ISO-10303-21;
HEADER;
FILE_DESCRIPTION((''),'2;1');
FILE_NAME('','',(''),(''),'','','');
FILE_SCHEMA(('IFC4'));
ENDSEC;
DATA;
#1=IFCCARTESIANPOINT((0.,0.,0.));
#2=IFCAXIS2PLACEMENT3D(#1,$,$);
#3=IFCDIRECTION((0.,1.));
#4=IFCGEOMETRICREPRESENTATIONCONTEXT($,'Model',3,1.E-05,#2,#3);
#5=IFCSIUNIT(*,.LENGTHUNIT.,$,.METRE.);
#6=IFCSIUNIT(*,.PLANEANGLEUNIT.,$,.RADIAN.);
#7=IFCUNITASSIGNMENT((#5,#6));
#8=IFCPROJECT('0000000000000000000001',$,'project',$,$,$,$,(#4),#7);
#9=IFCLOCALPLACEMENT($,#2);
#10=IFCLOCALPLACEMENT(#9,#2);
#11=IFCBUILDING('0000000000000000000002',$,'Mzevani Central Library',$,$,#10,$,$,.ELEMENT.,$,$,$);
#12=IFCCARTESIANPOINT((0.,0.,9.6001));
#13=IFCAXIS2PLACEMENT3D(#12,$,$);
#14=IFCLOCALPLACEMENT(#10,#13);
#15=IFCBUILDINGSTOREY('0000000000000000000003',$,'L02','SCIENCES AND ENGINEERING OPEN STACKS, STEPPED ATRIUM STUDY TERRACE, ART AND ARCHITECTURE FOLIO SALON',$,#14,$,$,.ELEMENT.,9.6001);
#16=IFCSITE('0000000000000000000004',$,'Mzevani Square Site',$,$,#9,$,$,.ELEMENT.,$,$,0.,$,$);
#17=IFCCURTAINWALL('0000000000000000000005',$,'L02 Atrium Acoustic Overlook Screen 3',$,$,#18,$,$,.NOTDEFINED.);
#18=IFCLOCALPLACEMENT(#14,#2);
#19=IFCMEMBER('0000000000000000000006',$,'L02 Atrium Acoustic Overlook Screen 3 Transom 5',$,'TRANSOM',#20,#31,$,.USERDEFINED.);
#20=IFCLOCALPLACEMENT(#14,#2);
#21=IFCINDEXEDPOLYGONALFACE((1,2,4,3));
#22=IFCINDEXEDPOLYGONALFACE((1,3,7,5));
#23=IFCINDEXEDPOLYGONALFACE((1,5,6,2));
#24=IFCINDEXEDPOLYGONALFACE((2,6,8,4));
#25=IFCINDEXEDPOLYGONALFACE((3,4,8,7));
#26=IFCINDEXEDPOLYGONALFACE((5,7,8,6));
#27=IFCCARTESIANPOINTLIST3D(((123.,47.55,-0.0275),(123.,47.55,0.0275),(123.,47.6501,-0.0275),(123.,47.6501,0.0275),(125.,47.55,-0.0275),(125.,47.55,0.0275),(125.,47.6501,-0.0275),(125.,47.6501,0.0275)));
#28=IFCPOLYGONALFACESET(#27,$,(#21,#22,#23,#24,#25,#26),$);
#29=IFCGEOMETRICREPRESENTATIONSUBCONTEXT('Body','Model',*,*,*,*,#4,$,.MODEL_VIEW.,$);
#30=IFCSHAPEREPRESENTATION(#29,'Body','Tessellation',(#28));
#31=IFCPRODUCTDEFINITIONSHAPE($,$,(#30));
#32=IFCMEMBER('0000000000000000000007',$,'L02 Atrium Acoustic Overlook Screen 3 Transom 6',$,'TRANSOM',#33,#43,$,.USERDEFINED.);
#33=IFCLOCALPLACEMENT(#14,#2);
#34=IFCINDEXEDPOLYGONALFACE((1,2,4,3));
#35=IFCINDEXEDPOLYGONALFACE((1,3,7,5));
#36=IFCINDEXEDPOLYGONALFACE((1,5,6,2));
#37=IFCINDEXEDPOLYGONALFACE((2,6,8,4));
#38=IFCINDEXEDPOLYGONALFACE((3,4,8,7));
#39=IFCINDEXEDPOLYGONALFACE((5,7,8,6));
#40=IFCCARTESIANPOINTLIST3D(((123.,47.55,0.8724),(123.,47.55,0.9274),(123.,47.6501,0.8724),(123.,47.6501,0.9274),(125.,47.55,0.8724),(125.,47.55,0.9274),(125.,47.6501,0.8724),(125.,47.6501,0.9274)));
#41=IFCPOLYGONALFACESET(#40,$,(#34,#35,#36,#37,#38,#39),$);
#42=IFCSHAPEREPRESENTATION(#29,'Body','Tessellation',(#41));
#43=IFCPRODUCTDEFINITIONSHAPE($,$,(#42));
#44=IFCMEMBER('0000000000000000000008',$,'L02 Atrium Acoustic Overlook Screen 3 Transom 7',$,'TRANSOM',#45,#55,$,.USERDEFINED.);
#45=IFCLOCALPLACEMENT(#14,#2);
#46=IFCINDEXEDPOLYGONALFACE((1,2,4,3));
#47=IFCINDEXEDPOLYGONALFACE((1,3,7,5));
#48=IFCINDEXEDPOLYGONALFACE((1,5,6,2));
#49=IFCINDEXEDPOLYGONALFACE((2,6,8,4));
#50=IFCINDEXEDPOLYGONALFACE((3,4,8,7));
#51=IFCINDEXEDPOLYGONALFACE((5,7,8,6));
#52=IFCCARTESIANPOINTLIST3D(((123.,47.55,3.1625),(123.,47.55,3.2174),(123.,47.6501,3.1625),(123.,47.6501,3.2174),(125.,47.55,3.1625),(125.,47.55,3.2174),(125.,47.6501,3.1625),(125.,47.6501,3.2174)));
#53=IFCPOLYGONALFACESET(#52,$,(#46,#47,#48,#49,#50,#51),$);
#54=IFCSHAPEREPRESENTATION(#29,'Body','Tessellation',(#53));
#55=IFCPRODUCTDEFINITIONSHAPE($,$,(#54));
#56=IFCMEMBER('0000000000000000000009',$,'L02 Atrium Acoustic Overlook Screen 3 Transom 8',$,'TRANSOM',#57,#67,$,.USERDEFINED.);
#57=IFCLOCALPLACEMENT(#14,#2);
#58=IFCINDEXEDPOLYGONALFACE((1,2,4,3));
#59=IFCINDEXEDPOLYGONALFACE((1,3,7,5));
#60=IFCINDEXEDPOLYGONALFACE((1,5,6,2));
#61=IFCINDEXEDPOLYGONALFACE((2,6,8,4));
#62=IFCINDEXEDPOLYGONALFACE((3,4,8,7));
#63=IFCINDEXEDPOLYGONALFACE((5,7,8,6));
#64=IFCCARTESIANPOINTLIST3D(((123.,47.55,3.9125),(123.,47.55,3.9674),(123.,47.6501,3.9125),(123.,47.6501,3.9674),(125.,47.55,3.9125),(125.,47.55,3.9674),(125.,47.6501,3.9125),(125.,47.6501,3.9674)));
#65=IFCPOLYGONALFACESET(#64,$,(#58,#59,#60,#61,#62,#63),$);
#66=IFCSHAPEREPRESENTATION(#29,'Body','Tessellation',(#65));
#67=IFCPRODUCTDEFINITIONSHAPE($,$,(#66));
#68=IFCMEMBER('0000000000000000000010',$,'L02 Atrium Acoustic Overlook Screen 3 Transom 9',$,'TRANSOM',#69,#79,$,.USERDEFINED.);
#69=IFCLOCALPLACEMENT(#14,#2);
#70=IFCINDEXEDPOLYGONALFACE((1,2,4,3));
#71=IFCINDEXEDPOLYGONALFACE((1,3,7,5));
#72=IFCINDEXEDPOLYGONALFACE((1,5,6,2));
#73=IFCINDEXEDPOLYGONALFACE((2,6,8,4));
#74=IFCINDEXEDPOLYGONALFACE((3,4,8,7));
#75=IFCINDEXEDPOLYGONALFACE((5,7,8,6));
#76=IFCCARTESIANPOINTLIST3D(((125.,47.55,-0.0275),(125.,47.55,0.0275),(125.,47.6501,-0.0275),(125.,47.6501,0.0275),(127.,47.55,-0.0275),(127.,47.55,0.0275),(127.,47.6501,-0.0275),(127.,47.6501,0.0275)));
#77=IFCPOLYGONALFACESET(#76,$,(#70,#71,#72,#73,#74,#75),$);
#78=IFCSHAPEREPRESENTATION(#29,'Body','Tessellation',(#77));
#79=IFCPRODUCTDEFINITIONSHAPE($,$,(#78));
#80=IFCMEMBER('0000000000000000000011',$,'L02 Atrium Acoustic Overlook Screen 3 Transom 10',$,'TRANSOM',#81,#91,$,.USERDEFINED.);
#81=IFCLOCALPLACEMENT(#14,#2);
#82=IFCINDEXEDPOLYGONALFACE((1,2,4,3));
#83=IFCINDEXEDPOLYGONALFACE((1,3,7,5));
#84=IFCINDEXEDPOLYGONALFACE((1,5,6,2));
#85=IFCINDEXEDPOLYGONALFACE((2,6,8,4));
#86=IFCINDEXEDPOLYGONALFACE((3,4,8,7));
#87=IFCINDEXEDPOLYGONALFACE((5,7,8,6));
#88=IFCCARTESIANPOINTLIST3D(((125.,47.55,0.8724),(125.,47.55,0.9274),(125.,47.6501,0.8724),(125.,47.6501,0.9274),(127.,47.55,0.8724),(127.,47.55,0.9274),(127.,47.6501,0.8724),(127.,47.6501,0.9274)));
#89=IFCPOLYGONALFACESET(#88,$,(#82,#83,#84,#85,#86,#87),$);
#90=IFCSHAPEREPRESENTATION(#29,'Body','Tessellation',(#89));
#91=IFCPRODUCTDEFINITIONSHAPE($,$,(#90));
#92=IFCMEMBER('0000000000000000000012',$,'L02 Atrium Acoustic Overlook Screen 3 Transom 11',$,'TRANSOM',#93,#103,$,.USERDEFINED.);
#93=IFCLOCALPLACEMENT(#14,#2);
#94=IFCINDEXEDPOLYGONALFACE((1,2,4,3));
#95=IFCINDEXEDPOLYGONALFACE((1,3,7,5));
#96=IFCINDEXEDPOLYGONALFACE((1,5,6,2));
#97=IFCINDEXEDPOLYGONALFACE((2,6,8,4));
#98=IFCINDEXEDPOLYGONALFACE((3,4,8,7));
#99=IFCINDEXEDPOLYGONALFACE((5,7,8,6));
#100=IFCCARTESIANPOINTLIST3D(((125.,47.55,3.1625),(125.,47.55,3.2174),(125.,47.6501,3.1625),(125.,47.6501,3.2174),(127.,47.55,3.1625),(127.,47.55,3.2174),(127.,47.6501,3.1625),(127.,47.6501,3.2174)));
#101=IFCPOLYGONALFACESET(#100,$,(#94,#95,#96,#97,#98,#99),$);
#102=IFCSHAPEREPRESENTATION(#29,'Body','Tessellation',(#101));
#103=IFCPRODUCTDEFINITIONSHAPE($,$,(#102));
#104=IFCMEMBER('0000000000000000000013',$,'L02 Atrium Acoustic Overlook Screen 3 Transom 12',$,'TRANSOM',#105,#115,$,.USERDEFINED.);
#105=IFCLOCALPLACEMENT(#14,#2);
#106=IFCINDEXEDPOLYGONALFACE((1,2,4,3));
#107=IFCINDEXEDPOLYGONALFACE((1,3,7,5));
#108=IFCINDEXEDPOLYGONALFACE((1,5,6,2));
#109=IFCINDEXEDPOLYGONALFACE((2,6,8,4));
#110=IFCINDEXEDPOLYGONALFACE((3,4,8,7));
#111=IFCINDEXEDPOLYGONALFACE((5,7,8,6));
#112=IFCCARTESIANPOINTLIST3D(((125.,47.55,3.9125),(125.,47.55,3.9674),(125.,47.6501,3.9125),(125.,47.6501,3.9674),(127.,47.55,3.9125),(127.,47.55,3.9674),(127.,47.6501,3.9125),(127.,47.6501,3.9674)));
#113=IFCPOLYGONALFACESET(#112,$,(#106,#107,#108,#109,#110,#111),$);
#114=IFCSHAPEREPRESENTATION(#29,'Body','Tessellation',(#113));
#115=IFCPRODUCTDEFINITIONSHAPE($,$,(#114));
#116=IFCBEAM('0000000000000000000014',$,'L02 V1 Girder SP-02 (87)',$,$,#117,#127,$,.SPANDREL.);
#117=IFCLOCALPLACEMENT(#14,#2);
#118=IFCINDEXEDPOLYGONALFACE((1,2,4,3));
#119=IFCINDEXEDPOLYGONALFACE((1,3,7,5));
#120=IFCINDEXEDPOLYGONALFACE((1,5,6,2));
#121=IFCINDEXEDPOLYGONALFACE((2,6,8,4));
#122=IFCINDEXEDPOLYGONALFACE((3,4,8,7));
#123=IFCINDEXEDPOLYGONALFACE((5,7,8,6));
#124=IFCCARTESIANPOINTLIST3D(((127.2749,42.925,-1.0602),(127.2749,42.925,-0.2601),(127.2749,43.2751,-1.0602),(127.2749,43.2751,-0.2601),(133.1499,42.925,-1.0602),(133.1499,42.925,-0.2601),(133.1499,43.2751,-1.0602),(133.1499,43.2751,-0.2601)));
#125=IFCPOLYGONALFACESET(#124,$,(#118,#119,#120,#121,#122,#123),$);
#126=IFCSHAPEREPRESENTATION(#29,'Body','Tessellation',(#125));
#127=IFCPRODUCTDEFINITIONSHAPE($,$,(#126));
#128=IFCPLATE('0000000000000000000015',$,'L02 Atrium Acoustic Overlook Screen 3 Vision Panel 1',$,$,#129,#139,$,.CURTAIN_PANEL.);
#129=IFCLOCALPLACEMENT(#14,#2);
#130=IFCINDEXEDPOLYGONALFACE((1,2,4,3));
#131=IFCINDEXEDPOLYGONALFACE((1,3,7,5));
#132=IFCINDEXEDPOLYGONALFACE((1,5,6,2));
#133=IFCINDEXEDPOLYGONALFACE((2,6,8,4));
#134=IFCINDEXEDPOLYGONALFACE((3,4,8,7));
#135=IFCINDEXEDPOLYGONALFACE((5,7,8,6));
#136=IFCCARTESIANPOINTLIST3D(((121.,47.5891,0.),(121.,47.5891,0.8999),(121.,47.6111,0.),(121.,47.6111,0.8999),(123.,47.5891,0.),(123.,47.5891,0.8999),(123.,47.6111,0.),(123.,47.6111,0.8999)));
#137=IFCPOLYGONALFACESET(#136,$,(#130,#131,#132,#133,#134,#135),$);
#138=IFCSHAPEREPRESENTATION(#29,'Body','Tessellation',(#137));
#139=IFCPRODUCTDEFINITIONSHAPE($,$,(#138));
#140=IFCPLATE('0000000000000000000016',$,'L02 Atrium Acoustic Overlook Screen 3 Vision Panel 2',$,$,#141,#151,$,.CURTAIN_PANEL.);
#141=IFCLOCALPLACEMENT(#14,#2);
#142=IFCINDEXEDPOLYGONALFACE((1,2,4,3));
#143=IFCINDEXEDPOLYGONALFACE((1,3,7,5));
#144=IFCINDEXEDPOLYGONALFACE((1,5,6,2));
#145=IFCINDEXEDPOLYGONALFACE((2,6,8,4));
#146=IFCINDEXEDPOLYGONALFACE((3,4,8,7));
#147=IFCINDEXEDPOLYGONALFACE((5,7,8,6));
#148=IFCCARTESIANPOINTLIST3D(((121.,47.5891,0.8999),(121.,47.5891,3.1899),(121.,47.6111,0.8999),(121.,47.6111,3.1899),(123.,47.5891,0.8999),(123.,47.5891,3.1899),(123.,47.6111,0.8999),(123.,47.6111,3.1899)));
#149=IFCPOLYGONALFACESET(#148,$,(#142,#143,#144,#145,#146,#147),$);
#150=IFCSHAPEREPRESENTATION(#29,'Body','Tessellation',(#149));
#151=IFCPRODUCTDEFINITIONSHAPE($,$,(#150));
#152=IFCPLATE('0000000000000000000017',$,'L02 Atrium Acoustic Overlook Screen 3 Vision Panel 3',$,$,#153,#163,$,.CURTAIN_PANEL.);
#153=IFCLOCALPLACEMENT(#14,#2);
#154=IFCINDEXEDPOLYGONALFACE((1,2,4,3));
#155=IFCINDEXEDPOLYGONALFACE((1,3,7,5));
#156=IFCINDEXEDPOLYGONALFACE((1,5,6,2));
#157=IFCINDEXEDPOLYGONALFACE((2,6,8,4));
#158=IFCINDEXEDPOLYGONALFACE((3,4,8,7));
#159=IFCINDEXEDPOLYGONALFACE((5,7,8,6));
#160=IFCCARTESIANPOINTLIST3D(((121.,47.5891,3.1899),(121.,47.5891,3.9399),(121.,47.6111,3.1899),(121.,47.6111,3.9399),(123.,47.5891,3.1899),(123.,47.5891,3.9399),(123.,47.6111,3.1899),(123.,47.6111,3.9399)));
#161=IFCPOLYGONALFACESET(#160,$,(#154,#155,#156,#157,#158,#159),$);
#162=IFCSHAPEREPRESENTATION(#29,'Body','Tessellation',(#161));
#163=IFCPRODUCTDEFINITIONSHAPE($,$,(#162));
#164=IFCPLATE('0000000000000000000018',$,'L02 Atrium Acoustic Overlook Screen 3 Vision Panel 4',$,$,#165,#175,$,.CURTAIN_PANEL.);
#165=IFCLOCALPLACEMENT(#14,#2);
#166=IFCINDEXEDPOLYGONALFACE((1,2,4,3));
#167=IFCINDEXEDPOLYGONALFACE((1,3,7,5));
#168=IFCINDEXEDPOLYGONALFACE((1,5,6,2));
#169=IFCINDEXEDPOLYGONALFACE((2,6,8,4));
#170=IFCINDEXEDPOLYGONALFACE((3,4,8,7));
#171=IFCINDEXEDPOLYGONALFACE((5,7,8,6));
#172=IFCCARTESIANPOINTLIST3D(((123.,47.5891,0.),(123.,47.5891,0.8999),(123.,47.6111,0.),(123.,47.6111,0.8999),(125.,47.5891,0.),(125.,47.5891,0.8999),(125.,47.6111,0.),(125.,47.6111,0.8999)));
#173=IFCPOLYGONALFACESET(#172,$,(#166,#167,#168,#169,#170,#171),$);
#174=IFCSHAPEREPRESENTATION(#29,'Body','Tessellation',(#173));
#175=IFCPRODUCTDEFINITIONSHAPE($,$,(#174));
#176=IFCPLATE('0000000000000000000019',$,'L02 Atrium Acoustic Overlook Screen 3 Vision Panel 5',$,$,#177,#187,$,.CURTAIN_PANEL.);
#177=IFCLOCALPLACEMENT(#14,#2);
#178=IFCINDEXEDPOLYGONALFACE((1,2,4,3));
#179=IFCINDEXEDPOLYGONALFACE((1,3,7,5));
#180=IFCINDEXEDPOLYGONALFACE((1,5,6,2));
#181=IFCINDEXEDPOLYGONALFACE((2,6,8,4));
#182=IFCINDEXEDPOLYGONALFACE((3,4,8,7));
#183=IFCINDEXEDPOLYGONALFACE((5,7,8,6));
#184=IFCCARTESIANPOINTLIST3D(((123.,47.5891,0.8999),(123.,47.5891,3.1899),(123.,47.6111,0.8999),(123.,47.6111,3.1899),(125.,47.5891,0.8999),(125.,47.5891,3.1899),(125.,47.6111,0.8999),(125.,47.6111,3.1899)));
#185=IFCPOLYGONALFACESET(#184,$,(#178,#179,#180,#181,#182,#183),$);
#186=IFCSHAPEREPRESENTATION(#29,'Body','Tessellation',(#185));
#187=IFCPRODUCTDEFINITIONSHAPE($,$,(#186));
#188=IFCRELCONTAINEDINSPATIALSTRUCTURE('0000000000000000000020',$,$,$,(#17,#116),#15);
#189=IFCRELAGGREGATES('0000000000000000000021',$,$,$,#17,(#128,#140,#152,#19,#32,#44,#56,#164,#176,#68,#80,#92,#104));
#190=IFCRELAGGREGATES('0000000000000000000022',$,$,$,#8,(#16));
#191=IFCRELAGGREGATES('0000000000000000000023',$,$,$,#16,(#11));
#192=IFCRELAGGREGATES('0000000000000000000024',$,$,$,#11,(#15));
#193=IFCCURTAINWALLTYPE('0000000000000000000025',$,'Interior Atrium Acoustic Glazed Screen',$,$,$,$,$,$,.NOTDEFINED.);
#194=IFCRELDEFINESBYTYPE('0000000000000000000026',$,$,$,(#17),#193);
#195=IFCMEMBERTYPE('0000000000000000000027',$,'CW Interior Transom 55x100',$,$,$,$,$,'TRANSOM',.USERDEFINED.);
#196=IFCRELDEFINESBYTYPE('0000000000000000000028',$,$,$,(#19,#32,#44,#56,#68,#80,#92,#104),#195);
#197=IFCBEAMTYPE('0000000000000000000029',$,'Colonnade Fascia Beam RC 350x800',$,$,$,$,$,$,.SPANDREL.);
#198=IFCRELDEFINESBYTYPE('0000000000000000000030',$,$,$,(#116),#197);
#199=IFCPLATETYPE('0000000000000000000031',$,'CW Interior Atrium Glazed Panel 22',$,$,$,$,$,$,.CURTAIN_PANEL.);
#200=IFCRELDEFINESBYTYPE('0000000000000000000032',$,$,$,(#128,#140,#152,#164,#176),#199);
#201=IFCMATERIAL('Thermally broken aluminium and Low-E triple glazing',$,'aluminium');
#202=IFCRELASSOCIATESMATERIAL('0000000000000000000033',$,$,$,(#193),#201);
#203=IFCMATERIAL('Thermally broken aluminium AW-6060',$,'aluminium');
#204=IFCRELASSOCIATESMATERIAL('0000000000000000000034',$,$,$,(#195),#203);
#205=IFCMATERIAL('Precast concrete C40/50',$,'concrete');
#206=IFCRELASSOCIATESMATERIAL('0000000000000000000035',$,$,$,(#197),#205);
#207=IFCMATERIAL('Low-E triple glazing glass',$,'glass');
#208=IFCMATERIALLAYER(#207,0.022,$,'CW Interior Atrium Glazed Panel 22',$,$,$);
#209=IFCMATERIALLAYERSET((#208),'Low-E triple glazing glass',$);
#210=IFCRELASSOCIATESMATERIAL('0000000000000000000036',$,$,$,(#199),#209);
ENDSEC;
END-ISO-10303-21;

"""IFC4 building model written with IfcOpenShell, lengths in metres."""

from ifc_helpers import new_model, si_unit, direction, frame, origin, origin_2d, place, context, subcontext, project, spatial, rectangle, extrude, material, layer, layer_set, material_profile, profile_set, type_object, element, aggregate, save


model = new_model("IFC4")

# Units and contexts
model_context = context("Model", 3, precision=1e-05, world=origin(), true_north=direction((0.0, 1.0)))
body_context = subcontext(model_context, "Body", "Model", "MODEL_VIEW")
ifc_project = project(units=[si_unit("LENGTHUNIT", "METRE"), si_unit("PLANEANGLEUNIT", "RADIAN")], contexts=[model_context])

# Site, building, storey
site_placement = place(None, origin())
site = spatial("IfcSite", under=ifc_project, at=site_placement, Name="Mzevani Square Site", CompositionType="ELEMENT", RefElevation=0.0)
building_placement = place(site_placement, origin())
building = spatial("IfcBuilding", under=site, at=building_placement, Name="Mzevani Central Library", CompositionType="ELEMENT")
storey_placement = place(building_placement, frame((0.0, 0.0, 9.6001)))
storey = spatial("IfcBuildingStorey", under=building, at=storey_placement, Name="L02", Description="SCIENCES AND ENGINEERING OPEN STACKS, STEPPED ATRIUM STUDY TERRACE, ART AND ARCHITECTURE FOLIO SALON", CompositionType="ELEMENT", Elevation=9.6001)

# Curtain wall, members
ifc_material_1 = material(Name="Thermally broken aluminium and Low-E triple glazing", Category="aluminium")
curtain_wall_type = type_object("IfcCurtainWallType", Name="Interior Atrium Acoustic Glazed Screen", PredefinedType="NOTDEFINED", material=ifc_material_1)
curtain_wall_placement = place(storey_placement, origin())
curtain_wall = element("IfcCurtainWall", 1, at=curtain_wall_placement, inside=storey, type_object=curtain_wall_type, Name="L02 Atrium Acoustic Overlook Screen 3", PredefinedType="NOTDEFINED")
ifc_material_2 = material(Name="Thermally broken aluminium AW-6060", Category="aluminium")
ifc_material_profile_1 = material_profile(ifc_material_2, rectangle(XDim=0.1001, YDim=0.0549, at=origin_2d()), Name="ALU T55x100")
ifc_profile_set_1 = profile_set([ifc_material_profile_1], Name="Thermally broken aluminium AW-6060")
member_type_1 = type_object("IfcMemberType", Name="CW Interior Transom 55x100", ElementType="TRANSOM", PredefinedType="USERDEFINED", material=ifc_profile_set_1)
member_1_placement = place(storey_placement, frame((123.0, 47.6001, 0.0), z_axis=(1.0, 0.0, 0.0), x_axis=(0.0, 1.0, 0.0)))
member_1 = element("IfcMember", 2, at=member_1_placement, type_object=member_type_1, Name="L02 Atrium Acoustic Overlook Screen 3 Transom 5", ObjectType="TRANSOM", PredefinedType="USERDEFINED", context=body_context, shape_type="SweptSolid", body=[
    extrude(rectangle(XDim=0.1001, YDim=0.0549, at=origin_2d()), origin(), (0.0, 0.0, 1.0), 2.0),
])
member_2_placement = place(storey_placement, frame((123.0, 47.6001, 0.8999), z_axis=(1.0, 0.0, 0.0), x_axis=(0.0, 1.0, 0.0)))
member_2 = element("IfcMember", 3, at=member_2_placement, type_object=member_type_1, Name="L02 Atrium Acoustic Overlook Screen 3 Transom 6", ObjectType="TRANSOM", PredefinedType="USERDEFINED", context=body_context, shape_type="SweptSolid", body=[
    extrude(rectangle(XDim=0.1001, YDim=0.0549, at=origin_2d()), origin(), (0.0, 0.0, 1.0), 2.0),
])
member_3_placement = place(storey_placement, frame((123.0, 47.6001, 3.1899), z_axis=(1.0, 0.0, 0.0), x_axis=(0.0, 1.0, 0.0)))
member_3 = element("IfcMember", 4, at=member_3_placement, type_object=member_type_1, Name="L02 Atrium Acoustic Overlook Screen 3 Transom 7", ObjectType="TRANSOM", PredefinedType="USERDEFINED", context=body_context, shape_type="SweptSolid", body=[
    extrude(rectangle(XDim=0.1001, YDim=0.0549, at=origin_2d()), origin(), (0.0, 0.0, 1.0), 2.0),
])
member_4_placement = place(storey_placement, frame((123.0, 47.6001, 3.9399), z_axis=(1.0, 0.0, 0.0), x_axis=(0.0, 1.0, 0.0)))
member_4 = element("IfcMember", 5, at=member_4_placement, type_object=member_type_1, Name="L02 Atrium Acoustic Overlook Screen 3 Transom 8", ObjectType="TRANSOM", PredefinedType="USERDEFINED", context=body_context, shape_type="SweptSolid", body=[
    extrude(rectangle(XDim=0.1001, YDim=0.0549, at=origin_2d()), origin(), (0.0, 0.0, 1.0), 2.0),
])
member_5_placement = place(storey_placement, frame((125.0, 47.6001, 0.0), z_axis=(1.0, 0.0, 0.0), x_axis=(0.0, 1.0, 0.0)))
member_5 = element("IfcMember", 6, at=member_5_placement, type_object=member_type_1, Name="L02 Atrium Acoustic Overlook Screen 3 Transom 9", ObjectType="TRANSOM", PredefinedType="USERDEFINED", context=body_context, shape_type="SweptSolid", body=[
    extrude(rectangle(XDim=0.1001, YDim=0.0549, at=origin_2d()), origin(), (0.0, 0.0, 1.0), 2.0),
])
member_6_placement = place(storey_placement, frame((125.0, 47.6001, 0.8999), z_axis=(1.0, 0.0, 0.0), x_axis=(0.0, 1.0, 0.0)))
member_6 = element("IfcMember", 7, at=member_6_placement, type_object=member_type_1, Name="L02 Atrium Acoustic Overlook Screen 3 Transom 10", ObjectType="TRANSOM", PredefinedType="USERDEFINED", context=body_context, shape_type="SweptSolid", body=[
    extrude(rectangle(XDim=0.1001, YDim=0.0549, at=origin_2d()), origin(), (0.0, 0.0, 1.0), 2.0),
])
member_7_placement = place(storey_placement, frame((125.0, 47.6001, 3.1899), z_axis=(1.0, 0.0, 0.0), x_axis=(0.0, 1.0, 0.0)))
member_7 = element("IfcMember", 8, at=member_7_placement, type_object=member_type_1, Name="L02 Atrium Acoustic Overlook Screen 3 Transom 11", ObjectType="TRANSOM", PredefinedType="USERDEFINED", context=body_context, shape_type="SweptSolid", body=[
    extrude(rectangle(XDim=0.1001, YDim=0.0549, at=origin_2d()), origin(), (0.0, 0.0, 1.0), 2.0),
])
member_8_placement = place(storey_placement, frame((125.0, 47.6001, 3.9399), z_axis=(1.0, 0.0, 0.0), x_axis=(0.0, 1.0, 0.0)))
member_8 = element("IfcMember", 9, at=member_8_placement, type_object=member_type_1, Name="L02 Atrium Acoustic Overlook Screen 3 Transom 12", ObjectType="TRANSOM", PredefinedType="USERDEFINED", context=body_context, shape_type="SweptSolid", body=[
    extrude(rectangle(XDim=0.1001, YDim=0.0549, at=origin_2d()), origin(), (0.0, 0.0, 1.0), 2.0),
])

# Beam
ifc_material_3 = material(Name="Precast concrete C40/50", Category="concrete")
ifc_material_profile_2 = material_profile(ifc_material_3, rectangle(XDim=0.3501, YDim=0.8, at=origin_2d()), Name="RC SP350x800")
ifc_profile_set_2 = profile_set([ifc_material_profile_2], Name="Precast concrete C40/50")
beam_type_1 = type_object("IfcBeamType", Name="Colonnade Fascia Beam RC 350x800", PredefinedType="SPANDREL", material=ifc_profile_set_2)
beam_1_placement = place(storey_placement, frame((127.2749, 43.1001, -0.6602), z_axis=(1.0, 0.0, 0.0), x_axis=(0.0, 1.0, 0.0)))
element("IfcBeam", 10, at=beam_1_placement, inside=storey, type_object=beam_type_1, Name="L02 V1 Girder SP-02 (87)", PredefinedType="SPANDREL", context=body_context, shape_type="SweptSolid", body=[
    extrude(rectangle(XDim=0.3501, YDim=0.8, at=origin_2d()), origin(), (0.0, 0.0, 1.0), 5.875),
])

# Plates
ifc_material_4 = material(Name="Low-E triple glazing glass", Category="glass")
ifc_layer = layer(ifc_material_4, 0.022, Name="CW Interior Atrium Glazed Panel 22")
ifc_layer_set = layer_set([ifc_layer], Name="Low-E triple glazing glass")
plate_type = type_object("IfcPlateType", Name="CW Interior Atrium Glazed Panel 22", PredefinedType="CURTAIN_PANEL", material=ifc_layer_set)
plate_1_placement = place(storey_placement, frame((122.0, 47.6001, 0.0), z_axis=(0.0, 0.0, 1.0), x_axis=(1.0, 0.0, 0.0)))
plate_1 = element("IfcPlate", 11, at=plate_1_placement, type_object=plate_type, Name="L02 Atrium Acoustic Overlook Screen 3 Vision Panel 1", PredefinedType="CURTAIN_PANEL", context=body_context, shape_type="SweptSolid", body=[
    extrude(rectangle(XDim=2.0, YDim=0.022, at=origin_2d()), origin(), (0.0, 0.0, 1.0), 0.8999),
])
plate_2_placement = place(storey_placement, frame((122.0, 47.6001, 0.8999), z_axis=(0.0, 0.0, 1.0), x_axis=(1.0, 0.0, 0.0)))
plate_2 = element("IfcPlate", 12, at=plate_2_placement, type_object=plate_type, Name="L02 Atrium Acoustic Overlook Screen 3 Vision Panel 2", PredefinedType="CURTAIN_PANEL", context=body_context, shape_type="SweptSolid", body=[
    extrude(rectangle(XDim=2.0, YDim=0.022, at=origin_2d()), origin(), (0.0, 0.0, 1.0), 2.29),
])
plate_3_placement = place(storey_placement, frame((122.0, 47.6001, 3.1899), z_axis=(0.0, 0.0, 1.0), x_axis=(1.0, 0.0, 0.0)))
plate_3 = element("IfcPlate", 13, at=plate_3_placement, type_object=plate_type, Name="L02 Atrium Acoustic Overlook Screen 3 Vision Panel 3", PredefinedType="CURTAIN_PANEL", context=body_context, shape_type="SweptSolid", body=[
    extrude(rectangle(XDim=2.0, YDim=0.022, at=origin_2d()), origin(), (0.0, 0.0, 1.0), 0.75),
])
plate_4_placement = place(storey_placement, frame((124.0, 47.6001, 0.0), z_axis=(0.0, 0.0, 1.0), x_axis=(1.0, 0.0, 0.0)))
plate_4 = element("IfcPlate", 14, at=plate_4_placement, type_object=plate_type, Name="L02 Atrium Acoustic Overlook Screen 3 Vision Panel 4", PredefinedType="CURTAIN_PANEL", context=body_context, shape_type="SweptSolid", body=[
    extrude(rectangle(XDim=2.0, YDim=0.022, at=origin_2d()), origin(), (0.0, 0.0, 1.0), 0.8999),
])
plate_5_placement = place(storey_placement, frame((124.0, 47.6001, 0.8999), z_axis=(0.0, 0.0, 1.0), x_axis=(1.0, 0.0, 0.0)))
plate_5 = element("IfcPlate", 15, at=plate_5_placement, type_object=plate_type, Name="L02 Atrium Acoustic Overlook Screen 3 Vision Panel 5", PredefinedType="CURTAIN_PANEL", context=body_context, shape_type="SweptSolid", body=[
    extrude(rectangle(XDim=2.0, YDim=0.022, at=origin_2d()), origin(), (0.0, 0.0, 1.0), 2.29),
])
aggregate(curtain_wall, [plate_1, plate_2, plate_3, member_1, member_2, member_3, member_4, plate_4, plate_5, member_5, member_6, member_7, member_8])

save(model, "model.ifc")
